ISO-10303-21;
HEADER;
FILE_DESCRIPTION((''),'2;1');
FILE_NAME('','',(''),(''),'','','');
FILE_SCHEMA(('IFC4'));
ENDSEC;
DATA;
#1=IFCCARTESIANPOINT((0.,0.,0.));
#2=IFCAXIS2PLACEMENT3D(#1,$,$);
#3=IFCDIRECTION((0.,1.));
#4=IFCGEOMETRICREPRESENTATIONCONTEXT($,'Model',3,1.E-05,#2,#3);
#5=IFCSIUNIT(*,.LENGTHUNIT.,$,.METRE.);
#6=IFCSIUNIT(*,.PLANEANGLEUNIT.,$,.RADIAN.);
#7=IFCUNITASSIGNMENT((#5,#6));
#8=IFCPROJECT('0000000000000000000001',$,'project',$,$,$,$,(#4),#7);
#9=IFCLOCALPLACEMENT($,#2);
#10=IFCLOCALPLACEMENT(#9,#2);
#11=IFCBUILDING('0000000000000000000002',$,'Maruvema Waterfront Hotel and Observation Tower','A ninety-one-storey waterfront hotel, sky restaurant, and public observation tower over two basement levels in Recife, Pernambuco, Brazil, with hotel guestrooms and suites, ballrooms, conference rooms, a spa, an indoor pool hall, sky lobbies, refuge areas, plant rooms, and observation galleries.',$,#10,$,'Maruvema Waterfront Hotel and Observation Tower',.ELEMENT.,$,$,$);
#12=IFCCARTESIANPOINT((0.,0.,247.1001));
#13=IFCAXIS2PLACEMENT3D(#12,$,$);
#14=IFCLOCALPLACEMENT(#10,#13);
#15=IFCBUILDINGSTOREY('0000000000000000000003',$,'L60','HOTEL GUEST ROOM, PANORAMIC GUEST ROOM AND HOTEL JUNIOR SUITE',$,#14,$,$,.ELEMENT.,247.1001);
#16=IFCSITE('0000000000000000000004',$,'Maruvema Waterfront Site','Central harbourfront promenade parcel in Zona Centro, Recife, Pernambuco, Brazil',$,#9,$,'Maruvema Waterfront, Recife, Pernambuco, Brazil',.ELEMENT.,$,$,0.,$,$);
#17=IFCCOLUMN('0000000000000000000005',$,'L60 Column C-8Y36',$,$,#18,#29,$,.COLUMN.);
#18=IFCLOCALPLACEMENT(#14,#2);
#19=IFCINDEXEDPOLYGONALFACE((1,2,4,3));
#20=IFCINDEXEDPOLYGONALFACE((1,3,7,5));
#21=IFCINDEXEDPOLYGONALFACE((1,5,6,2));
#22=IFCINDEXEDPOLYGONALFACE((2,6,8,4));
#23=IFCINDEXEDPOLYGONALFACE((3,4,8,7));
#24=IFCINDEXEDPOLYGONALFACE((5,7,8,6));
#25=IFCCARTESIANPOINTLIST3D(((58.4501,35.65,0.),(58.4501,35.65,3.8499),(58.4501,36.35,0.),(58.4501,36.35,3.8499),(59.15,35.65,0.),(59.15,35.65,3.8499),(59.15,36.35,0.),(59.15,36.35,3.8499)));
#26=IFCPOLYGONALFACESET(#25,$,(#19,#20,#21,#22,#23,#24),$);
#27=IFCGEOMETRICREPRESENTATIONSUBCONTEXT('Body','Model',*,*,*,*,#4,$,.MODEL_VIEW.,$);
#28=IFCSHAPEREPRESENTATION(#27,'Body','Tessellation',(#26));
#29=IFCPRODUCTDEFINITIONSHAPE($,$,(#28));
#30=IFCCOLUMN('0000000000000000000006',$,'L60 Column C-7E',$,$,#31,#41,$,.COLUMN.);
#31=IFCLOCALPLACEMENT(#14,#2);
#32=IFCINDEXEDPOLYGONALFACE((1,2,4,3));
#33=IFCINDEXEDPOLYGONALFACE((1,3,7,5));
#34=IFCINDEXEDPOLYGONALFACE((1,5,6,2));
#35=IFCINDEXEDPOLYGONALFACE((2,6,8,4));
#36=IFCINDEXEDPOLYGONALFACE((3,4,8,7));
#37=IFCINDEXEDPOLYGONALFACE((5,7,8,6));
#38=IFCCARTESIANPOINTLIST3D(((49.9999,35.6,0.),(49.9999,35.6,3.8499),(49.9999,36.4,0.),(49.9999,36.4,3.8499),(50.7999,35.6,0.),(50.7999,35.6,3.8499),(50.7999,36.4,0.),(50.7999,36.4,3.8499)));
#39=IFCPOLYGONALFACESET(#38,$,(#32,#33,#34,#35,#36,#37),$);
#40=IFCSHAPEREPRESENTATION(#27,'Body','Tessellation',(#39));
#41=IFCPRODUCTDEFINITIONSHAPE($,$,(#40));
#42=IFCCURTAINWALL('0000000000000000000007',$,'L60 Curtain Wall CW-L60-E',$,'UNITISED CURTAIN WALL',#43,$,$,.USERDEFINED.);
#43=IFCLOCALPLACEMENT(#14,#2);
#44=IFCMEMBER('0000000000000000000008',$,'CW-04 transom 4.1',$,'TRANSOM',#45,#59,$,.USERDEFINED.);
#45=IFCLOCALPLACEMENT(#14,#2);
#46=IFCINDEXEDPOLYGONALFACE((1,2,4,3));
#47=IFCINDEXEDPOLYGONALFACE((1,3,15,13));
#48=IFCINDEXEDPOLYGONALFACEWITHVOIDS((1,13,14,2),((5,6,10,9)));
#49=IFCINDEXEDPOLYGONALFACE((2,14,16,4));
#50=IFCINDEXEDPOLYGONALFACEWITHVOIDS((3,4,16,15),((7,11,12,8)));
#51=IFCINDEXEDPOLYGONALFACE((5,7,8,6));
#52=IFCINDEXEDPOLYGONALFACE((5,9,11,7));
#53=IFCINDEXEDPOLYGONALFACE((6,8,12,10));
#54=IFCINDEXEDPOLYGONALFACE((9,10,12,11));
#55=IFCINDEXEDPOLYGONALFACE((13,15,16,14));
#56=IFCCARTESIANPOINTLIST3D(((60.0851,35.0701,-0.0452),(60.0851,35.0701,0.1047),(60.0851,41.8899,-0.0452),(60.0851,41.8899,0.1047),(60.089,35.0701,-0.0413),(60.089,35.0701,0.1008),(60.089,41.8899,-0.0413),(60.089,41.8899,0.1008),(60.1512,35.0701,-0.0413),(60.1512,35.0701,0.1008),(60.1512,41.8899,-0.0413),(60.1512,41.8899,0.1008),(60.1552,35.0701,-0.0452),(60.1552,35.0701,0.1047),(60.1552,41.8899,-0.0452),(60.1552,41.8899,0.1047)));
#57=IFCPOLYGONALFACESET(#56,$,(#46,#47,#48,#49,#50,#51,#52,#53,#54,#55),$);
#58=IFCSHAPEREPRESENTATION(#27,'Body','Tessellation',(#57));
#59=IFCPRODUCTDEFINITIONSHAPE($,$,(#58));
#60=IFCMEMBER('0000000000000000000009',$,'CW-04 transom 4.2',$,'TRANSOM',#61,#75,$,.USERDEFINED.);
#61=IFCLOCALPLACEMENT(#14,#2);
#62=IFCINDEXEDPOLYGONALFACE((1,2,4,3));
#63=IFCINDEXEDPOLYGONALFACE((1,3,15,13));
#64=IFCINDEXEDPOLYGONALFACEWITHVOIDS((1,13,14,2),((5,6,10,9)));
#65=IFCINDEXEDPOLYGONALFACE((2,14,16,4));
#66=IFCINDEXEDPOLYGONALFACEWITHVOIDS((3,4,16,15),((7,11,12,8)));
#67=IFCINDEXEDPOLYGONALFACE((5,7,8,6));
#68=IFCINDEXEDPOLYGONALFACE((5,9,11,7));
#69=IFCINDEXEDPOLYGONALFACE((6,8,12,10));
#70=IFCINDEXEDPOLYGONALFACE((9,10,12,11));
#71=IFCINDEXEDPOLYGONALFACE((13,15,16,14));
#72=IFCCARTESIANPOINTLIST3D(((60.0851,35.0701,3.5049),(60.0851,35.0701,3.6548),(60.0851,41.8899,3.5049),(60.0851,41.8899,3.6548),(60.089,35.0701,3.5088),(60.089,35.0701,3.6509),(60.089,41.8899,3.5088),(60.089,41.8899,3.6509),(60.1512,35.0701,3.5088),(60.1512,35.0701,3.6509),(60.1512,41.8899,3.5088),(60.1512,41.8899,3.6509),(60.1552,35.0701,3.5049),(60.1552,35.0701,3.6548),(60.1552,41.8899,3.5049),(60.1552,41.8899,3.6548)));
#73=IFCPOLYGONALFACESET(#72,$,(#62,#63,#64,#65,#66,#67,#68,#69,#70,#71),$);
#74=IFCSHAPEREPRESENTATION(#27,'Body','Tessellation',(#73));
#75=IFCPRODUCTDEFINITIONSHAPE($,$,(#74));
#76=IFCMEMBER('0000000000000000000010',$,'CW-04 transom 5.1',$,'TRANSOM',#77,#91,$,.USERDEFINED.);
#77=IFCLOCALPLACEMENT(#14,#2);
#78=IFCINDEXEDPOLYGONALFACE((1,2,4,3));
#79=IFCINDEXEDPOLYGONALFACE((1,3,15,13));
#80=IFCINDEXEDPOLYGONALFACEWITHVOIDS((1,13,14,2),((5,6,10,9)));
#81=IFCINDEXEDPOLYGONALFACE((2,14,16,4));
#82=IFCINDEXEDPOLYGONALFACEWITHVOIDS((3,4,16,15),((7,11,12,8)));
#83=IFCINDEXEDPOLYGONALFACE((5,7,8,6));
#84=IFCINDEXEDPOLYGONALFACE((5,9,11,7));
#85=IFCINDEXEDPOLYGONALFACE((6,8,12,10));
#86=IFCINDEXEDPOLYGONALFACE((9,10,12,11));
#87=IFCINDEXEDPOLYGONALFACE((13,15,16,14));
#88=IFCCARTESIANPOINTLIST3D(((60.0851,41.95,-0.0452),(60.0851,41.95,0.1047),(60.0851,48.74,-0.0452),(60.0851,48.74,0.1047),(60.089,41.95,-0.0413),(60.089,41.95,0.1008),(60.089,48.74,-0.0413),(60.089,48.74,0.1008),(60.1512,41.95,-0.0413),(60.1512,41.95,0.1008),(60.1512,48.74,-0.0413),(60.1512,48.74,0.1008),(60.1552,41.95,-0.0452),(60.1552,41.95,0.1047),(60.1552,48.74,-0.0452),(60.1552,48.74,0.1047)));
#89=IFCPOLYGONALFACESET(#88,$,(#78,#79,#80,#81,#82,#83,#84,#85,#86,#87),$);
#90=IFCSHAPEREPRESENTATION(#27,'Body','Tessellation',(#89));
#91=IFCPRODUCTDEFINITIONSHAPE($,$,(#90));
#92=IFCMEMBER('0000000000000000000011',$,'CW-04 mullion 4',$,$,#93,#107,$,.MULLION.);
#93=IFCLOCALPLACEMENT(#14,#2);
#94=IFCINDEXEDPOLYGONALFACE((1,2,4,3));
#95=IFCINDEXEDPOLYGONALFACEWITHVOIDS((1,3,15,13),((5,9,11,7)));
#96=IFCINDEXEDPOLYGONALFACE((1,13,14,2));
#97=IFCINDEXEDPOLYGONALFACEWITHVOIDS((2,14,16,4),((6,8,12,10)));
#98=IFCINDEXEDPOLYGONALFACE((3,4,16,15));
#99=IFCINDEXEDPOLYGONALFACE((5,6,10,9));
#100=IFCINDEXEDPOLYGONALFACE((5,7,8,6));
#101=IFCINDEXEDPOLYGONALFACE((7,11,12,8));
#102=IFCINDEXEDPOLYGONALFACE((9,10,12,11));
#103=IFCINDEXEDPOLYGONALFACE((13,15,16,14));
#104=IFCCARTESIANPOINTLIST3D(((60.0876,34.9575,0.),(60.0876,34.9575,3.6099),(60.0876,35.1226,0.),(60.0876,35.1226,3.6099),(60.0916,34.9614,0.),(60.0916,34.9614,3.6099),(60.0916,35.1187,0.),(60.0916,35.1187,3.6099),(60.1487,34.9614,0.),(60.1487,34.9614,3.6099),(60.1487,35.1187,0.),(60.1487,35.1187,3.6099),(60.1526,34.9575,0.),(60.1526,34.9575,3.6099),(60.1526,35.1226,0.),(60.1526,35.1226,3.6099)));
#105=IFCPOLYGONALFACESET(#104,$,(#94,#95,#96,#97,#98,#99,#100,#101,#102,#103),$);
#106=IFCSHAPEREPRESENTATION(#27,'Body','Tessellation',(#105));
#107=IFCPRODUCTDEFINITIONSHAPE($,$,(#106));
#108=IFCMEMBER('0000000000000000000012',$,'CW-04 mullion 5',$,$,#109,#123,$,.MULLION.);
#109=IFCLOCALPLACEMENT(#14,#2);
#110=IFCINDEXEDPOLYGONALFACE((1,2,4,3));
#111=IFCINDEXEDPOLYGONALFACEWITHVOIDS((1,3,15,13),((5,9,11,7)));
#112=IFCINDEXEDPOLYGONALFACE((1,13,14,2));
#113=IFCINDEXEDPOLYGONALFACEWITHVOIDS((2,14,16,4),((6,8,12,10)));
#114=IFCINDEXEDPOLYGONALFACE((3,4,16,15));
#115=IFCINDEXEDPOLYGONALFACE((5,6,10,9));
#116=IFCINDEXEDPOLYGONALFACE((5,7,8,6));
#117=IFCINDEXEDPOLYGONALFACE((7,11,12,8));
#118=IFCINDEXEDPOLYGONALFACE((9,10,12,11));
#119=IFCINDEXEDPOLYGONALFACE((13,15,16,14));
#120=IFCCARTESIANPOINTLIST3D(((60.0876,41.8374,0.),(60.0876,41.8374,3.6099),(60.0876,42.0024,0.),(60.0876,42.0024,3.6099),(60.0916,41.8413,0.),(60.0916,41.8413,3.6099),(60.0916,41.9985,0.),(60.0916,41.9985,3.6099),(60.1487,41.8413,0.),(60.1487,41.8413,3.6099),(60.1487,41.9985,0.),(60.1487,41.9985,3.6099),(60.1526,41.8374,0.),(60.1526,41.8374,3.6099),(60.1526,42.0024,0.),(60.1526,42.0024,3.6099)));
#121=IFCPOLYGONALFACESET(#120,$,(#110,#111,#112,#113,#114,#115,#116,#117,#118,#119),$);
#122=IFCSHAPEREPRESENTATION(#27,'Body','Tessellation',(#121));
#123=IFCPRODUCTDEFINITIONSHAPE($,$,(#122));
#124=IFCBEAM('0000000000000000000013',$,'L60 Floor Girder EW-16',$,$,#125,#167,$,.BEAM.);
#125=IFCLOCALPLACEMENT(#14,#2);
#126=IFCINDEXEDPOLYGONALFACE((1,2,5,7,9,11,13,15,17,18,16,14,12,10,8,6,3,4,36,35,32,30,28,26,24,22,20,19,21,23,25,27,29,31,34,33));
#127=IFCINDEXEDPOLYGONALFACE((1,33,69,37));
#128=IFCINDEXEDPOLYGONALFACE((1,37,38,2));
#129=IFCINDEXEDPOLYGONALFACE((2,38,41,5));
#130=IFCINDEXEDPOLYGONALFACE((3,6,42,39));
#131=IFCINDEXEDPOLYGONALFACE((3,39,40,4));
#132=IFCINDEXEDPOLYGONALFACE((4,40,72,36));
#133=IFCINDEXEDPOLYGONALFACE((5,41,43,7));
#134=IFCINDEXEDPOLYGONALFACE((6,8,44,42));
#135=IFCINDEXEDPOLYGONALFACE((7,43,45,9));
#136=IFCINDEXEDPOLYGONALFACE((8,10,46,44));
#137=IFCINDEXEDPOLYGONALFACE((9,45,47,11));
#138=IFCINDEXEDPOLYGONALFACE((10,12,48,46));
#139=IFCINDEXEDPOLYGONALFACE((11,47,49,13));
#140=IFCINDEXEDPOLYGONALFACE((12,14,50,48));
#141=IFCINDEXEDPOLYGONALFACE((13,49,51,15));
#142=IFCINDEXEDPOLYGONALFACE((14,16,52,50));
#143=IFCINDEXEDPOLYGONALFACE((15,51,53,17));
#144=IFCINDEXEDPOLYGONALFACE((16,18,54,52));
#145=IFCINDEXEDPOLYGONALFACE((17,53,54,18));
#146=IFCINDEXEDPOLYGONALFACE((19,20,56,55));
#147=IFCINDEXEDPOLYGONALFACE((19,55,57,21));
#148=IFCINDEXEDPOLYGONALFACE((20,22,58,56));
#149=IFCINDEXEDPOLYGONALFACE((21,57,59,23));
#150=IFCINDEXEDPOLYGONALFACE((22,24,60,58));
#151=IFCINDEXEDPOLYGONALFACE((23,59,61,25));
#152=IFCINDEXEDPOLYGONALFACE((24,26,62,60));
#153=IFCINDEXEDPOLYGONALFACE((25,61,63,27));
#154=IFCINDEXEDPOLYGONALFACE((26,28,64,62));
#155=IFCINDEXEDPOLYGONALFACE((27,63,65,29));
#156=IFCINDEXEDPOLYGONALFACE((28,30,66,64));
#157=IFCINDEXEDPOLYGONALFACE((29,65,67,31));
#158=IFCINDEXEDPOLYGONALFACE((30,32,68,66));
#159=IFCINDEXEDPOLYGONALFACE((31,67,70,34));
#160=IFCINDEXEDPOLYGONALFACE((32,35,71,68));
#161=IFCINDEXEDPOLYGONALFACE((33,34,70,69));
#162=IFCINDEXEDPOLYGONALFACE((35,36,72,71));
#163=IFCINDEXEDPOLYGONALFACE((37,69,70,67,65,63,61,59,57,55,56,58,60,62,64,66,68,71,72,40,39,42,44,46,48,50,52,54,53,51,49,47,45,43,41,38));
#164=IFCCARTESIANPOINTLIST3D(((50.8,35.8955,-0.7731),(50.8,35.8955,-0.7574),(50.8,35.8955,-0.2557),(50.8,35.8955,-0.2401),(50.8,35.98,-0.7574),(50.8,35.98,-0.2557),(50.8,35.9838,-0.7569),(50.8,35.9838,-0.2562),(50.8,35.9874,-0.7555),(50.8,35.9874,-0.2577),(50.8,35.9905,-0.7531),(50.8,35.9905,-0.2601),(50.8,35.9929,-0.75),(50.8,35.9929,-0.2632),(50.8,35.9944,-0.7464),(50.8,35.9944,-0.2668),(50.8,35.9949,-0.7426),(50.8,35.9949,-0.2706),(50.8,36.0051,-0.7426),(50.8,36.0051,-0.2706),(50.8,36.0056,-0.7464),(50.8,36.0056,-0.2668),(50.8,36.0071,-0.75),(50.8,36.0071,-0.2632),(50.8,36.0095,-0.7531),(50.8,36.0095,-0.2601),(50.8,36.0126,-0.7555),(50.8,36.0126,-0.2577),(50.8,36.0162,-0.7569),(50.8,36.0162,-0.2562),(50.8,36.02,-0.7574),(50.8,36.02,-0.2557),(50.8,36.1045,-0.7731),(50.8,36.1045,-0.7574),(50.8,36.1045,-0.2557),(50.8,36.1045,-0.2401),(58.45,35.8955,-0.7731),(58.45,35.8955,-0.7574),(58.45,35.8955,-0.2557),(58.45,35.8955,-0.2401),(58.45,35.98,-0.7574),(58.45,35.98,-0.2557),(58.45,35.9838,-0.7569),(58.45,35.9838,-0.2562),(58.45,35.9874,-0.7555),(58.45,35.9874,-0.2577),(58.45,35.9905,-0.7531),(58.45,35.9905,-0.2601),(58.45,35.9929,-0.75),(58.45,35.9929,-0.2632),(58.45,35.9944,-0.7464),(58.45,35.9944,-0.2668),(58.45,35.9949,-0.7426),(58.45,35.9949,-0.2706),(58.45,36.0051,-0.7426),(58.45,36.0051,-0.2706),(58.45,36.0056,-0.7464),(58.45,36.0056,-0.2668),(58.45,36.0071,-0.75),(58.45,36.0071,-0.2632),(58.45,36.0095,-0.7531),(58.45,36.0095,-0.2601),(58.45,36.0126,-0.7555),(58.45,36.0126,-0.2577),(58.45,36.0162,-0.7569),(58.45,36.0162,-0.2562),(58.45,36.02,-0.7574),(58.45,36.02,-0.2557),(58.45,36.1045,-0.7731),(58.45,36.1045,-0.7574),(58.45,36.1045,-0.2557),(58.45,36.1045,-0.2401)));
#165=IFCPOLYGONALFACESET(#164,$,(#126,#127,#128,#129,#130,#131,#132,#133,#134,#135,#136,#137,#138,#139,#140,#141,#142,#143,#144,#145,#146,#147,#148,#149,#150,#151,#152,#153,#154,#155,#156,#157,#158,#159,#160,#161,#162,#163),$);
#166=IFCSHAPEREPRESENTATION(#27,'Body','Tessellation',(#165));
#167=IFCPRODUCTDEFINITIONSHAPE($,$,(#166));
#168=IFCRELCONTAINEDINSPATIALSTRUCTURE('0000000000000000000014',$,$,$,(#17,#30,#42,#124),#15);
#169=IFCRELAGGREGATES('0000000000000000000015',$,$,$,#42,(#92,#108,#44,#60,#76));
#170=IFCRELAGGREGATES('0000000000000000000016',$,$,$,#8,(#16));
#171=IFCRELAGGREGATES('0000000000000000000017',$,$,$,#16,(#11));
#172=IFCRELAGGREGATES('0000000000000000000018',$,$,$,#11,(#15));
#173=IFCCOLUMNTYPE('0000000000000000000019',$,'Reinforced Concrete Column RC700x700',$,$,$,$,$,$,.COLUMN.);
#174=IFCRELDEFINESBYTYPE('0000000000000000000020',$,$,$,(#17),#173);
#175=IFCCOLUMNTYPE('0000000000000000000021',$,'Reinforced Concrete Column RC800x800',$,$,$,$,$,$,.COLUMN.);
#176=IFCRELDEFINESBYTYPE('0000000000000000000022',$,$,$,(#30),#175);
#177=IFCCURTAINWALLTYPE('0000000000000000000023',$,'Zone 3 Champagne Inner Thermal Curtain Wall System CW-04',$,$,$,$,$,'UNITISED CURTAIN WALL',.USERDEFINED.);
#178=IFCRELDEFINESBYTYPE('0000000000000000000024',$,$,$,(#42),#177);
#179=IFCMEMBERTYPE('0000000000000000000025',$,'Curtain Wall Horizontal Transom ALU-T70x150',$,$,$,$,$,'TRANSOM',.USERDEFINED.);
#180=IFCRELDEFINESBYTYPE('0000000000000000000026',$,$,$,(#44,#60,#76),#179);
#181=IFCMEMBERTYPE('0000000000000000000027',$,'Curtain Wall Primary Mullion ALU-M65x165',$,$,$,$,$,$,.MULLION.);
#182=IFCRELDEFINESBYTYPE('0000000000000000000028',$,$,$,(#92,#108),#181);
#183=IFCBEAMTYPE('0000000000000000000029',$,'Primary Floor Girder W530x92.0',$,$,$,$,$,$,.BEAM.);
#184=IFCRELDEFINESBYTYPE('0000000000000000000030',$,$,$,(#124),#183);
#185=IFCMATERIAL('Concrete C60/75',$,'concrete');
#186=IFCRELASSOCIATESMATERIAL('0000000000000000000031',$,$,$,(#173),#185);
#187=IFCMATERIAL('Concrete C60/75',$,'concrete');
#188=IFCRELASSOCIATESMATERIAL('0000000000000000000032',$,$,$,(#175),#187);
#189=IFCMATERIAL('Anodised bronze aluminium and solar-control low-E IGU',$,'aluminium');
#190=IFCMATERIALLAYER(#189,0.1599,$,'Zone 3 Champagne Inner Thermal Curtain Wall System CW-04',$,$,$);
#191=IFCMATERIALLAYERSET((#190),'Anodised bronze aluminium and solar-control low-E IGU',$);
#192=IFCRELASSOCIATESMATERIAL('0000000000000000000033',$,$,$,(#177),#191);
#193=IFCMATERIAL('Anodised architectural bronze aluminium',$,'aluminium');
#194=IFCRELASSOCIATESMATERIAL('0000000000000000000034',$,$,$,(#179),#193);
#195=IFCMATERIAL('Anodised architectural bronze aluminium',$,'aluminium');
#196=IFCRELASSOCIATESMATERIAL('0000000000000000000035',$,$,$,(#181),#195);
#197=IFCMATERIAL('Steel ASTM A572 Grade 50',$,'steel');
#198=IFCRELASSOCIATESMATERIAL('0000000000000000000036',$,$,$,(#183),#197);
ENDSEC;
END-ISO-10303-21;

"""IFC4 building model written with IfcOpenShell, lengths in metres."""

from ifc_helpers import new_model, si_unit, direction, frame, origin, origin_2d, place, context, subcontext, project, spatial, rectangle, hollow_rectangle, i_section, extrude, material, layer, layer_set, material_profile, profile_set, type_object, element, aggregate, save


model = new_model("IFC4")

# Units and contexts
model_context = context("Model", 3, precision=1e-05, world=origin(), true_north=direction((0.0, 1.0)))
body_context = subcontext(model_context, "Body", "Model", "MODEL_VIEW")
ifc_project = project(units=[si_unit("LENGTHUNIT", "METRE"), si_unit("PLANEANGLEUNIT", "RADIAN")], contexts=[model_context])

# Site, building, storey
site_placement = place(None, origin())
site = spatial("IfcSite", under=ifc_project, at=site_placement, Name="Maruvema Waterfront Site", Description="Central harbourfront promenade parcel in Zona Centro, Recife, Pernambuco, Brazil", LongName="Maruvema Waterfront, Recife, Pernambuco, Brazil", CompositionType="ELEMENT", RefElevation=0.0)
building_placement = place(site_placement, origin())
building = spatial("IfcBuilding", under=site, at=building_placement, Name="Maruvema Waterfront Hotel and Observation Tower", Description="A ninety-one-storey waterfront hotel, sky restaurant, and public observation tower over two basement levels in Recife, Pernambuco, Brazil, with hotel guestrooms and suites, ballrooms, conference rooms, a spa, an indoor pool hall, sky lobbies, refuge areas, plant rooms, and observation galleries.", LongName="Maruvema Waterfront Hotel and Observation Tower", CompositionType="ELEMENT")
storey_placement = place(building_placement, frame((0.0, 0.0, 247.1001)))
storey = spatial("IfcBuildingStorey", under=building, at=storey_placement, Name="L60", Description="HOTEL GUEST ROOM, PANORAMIC GUEST ROOM AND HOTEL JUNIOR SUITE", CompositionType="ELEMENT", Elevation=247.1001)

# Columns
ifc_material_1 = material(Name="Concrete C60/75", Category="concrete")
ifc_material_profile_1 = material_profile(ifc_material_1, rectangle(XDim=0.7, YDim=0.7, at=origin_2d()), Name="RC700x700")
ifc_profile_set_1 = profile_set([ifc_material_profile_1], Name="Concrete C60/75")
column_type_1 = type_object("IfcColumnType", Name="Reinforced Concrete Column RC700x700", PredefinedType="COLUMN", material=ifc_profile_set_1)
column_1_placement = place(storey_placement, frame((58.8, 36.0, 0.0), z_axis=(0.0, 0.0, 1.0), x_axis=(1.0, 0.0, 0.0)))
element("IfcColumn", 1, at=column_1_placement, inside=storey, type_object=column_type_1, Name="L60 Column C-8Y36", PredefinedType="COLUMN", context=body_context, shape_type="SweptSolid", body=[
    extrude(rectangle(XDim=0.7, YDim=0.7, at=origin_2d()), origin(), (0.0, 0.0, 1.0), 3.8499),
])
ifc_material_2 = material(Name="Concrete C60/75", Category="concrete")
ifc_material_profile_2 = material_profile(ifc_material_2, rectangle(XDim=0.8, YDim=0.8, at=origin_2d()), Name="RC800x800")
ifc_profile_set_2 = profile_set([ifc_material_profile_2], Name="Concrete C60/75")
column_type_2 = type_object("IfcColumnType", Name="Reinforced Concrete Column RC800x800", PredefinedType="COLUMN", material=ifc_profile_set_2)
column_2_placement = place(storey_placement, frame((50.3999, 36.0, 0.0), z_axis=(0.0, 0.0, 1.0), x_axis=(1.0, 0.0, 0.0)))
element("IfcColumn", 2, at=column_2_placement, inside=storey, type_object=column_type_2, Name="L60 Column C-7E", PredefinedType="COLUMN", context=body_context, shape_type="SweptSolid", body=[
    extrude(rectangle(XDim=0.8, YDim=0.8, at=origin_2d()), origin(), (0.0, 0.0, 1.0), 3.8499),
])

# Curtain wall, members
ifc_material_3 = material(Name="Anodised bronze aluminium and solar-control low-E IGU", Category="aluminium")
ifc_layer_1 = layer(ifc_material_3, 0.1599, Name="Zone 3 Champagne Inner Thermal Curtain Wall System CW-04")
ifc_layer_set_1 = layer_set([ifc_layer_1], Name="Anodised bronze aluminium and solar-control low-E IGU")
curtain_wall_type = type_object("IfcCurtainWallType", Name="Zone 3 Champagne Inner Thermal Curtain Wall System CW-04", ElementType="UNITISED CURTAIN WALL", PredefinedType="USERDEFINED", material=ifc_layer_set_1)
curtain_wall_placement = place(storey_placement, origin())
curtain_wall = element("IfcCurtainWall", 3, at=curtain_wall_placement, inside=storey, type_object=curtain_wall_type, Name="L60 Curtain Wall CW-L60-E", ObjectType="UNITISED CURTAIN WALL", PredefinedType="USERDEFINED")
ifc_material_4 = material(Name="Anodised architectural bronze aluminium", Category="aluminium")
ifc_material_profile_3 = material_profile(ifc_material_4, hollow_rectangle(XDim=0.0701, YDim=0.1499, WallThickness=0.0039, at=origin_2d()), Name="ALU-T70x150")
ifc_profile_set_3 = profile_set([ifc_material_profile_3], Name="Anodised architectural bronze aluminium")
member_type_1 = type_object("IfcMemberType", Name="Curtain Wall Horizontal Transom ALU-T70x150", ElementType="TRANSOM", PredefinedType="USERDEFINED", material=ifc_profile_set_3)
member_1_placement = place(storey_placement, frame((60.1201, 35.0701, 0.0298), z_axis=(0.0, 1.0, 0.0), x_axis=(-1.0, 0.0, 0.0)))
member_1 = element("IfcMember", 4, at=member_1_placement, type_object=member_type_1, Name="CW-04 transom 4.1", ObjectType="TRANSOM", PredefinedType="USERDEFINED", context=body_context, shape_type="SweptSolid", body=[
    extrude(hollow_rectangle(XDim=0.0701, YDim=0.1499, WallThickness=0.0039, at=origin_2d()), origin(), (0.0, 0.0, 1.0), 6.8198),
])
member_2_placement = place(storey_placement, frame((60.1201, 35.0701, 3.5798), z_axis=(0.0, 1.0, 0.0), x_axis=(-1.0, 0.0, 0.0)))
member_2 = element("IfcMember", 5, at=member_2_placement, type_object=member_type_1, Name="CW-04 transom 4.2", ObjectType="TRANSOM", PredefinedType="USERDEFINED", context=body_context, shape_type="SweptSolid", body=[
    extrude(hollow_rectangle(XDim=0.0701, YDim=0.1499, WallThickness=0.0039, at=origin_2d()), origin(), (0.0, 0.0, 1.0), 6.8198),
])
member_3_placement = place(storey_placement, frame((60.1201, 41.95, 0.0298), z_axis=(0.0, 1.0, 0.0), x_axis=(-1.0, 0.0, 0.0)))
member_3 = element("IfcMember", 6, at=member_3_placement, type_object=member_type_1, Name="CW-04 transom 5.1", ObjectType="TRANSOM", PredefinedType="USERDEFINED", context=body_context, shape_type="SweptSolid", body=[
    extrude(hollow_rectangle(XDim=0.0701, YDim=0.1499, WallThickness=0.0039, at=origin_2d()), origin(), (0.0, 0.0, 1.0), 6.79),
])
ifc_material_5 = material(Name="Anodised architectural bronze aluminium", Category="aluminium")
ifc_material_profile_4 = material_profile(ifc_material_5, hollow_rectangle(XDim=0.0649, YDim=0.165, WallThickness=0.0039, at=origin_2d()), Name="ALU-M65x165")
ifc_profile_set_4 = profile_set([ifc_material_profile_4], Name="Anodised architectural bronze aluminium")
member_type_2 = type_object("IfcMemberType", Name="Curtain Wall Primary Mullion ALU-M65x165", PredefinedType="MULLION", material=ifc_profile_set_4)
member_4_placement = place(storey_placement, frame((60.1201, 35.04, 0.0), z_axis=(0.0, 0.0, 1.0), x_axis=(-1.0, 0.0, 0.0)))
member_4 = element("IfcMember", 7, at=member_4_placement, type_object=member_type_2, Name="CW-04 mullion 4", PredefinedType="MULLION", context=body_context, shape_type="SweptSolid", body=[
    extrude(hollow_rectangle(XDim=0.0649, YDim=0.165, WallThickness=0.0039, at=origin_2d()), origin(), (0.0, 0.0, 1.0), 3.6099),
])
member_5_placement = place(storey_placement, frame((60.1201, 41.9199, 0.0), z_axis=(0.0, 0.0, 1.0), x_axis=(-1.0, 0.0, 0.0)))
member_5 = element("IfcMember", 8, at=member_5_placement, type_object=member_type_2, Name="CW-04 mullion 5", PredefinedType="MULLION", context=body_context, shape_type="SweptSolid", body=[
    extrude(hollow_rectangle(XDim=0.0649, YDim=0.165, WallThickness=0.0039, at=origin_2d()), origin(), (0.0, 0.0, 1.0), 3.6099),
])

# Beam
ifc_material_6 = material(Name="Steel ASTM A572 Grade 50", Category="steel")
ifc_material_profile_5 = material_profile(ifc_material_6, i_section(OverallWidth=0.209, OverallDepth=0.533, WebThickness=0.0103, FlangeThickness=0.0156, FilletRadius=0.0149, at=origin_2d()), Name="W530x92.0")
ifc_profile_set_5 = profile_set([ifc_material_profile_5], Name="Steel ASTM A572 Grade 50")
beam_type_1 = type_object("IfcBeamType", Name="Primary Floor Girder W530x92.0", PredefinedType="BEAM", material=ifc_profile_set_5)
beam_1_placement = place(storey_placement, frame((50.8, 36.0, -0.5066), z_axis=(1.0, 0.0, 0.0), x_axis=(0.0, 1.0, 0.0)))
element("IfcBeam", 9, at=beam_1_placement, inside=storey, type_object=beam_type_1, Name="L60 Floor Girder EW-16", PredefinedType="BEAM", context=body_context, shape_type="SweptSolid", body=[
    extrude(i_section(OverallWidth=0.209, OverallDepth=0.533, WebThickness=0.0103, FlangeThickness=0.0156, FilletRadius=0.0149, at=origin_2d()), origin(), (0.0, 0.0, 1.0), 7.6499),
])

aggregate(curtain_wall, [member_4, member_5, member_1, member_2, member_3])

save(model, "model.ifc")
